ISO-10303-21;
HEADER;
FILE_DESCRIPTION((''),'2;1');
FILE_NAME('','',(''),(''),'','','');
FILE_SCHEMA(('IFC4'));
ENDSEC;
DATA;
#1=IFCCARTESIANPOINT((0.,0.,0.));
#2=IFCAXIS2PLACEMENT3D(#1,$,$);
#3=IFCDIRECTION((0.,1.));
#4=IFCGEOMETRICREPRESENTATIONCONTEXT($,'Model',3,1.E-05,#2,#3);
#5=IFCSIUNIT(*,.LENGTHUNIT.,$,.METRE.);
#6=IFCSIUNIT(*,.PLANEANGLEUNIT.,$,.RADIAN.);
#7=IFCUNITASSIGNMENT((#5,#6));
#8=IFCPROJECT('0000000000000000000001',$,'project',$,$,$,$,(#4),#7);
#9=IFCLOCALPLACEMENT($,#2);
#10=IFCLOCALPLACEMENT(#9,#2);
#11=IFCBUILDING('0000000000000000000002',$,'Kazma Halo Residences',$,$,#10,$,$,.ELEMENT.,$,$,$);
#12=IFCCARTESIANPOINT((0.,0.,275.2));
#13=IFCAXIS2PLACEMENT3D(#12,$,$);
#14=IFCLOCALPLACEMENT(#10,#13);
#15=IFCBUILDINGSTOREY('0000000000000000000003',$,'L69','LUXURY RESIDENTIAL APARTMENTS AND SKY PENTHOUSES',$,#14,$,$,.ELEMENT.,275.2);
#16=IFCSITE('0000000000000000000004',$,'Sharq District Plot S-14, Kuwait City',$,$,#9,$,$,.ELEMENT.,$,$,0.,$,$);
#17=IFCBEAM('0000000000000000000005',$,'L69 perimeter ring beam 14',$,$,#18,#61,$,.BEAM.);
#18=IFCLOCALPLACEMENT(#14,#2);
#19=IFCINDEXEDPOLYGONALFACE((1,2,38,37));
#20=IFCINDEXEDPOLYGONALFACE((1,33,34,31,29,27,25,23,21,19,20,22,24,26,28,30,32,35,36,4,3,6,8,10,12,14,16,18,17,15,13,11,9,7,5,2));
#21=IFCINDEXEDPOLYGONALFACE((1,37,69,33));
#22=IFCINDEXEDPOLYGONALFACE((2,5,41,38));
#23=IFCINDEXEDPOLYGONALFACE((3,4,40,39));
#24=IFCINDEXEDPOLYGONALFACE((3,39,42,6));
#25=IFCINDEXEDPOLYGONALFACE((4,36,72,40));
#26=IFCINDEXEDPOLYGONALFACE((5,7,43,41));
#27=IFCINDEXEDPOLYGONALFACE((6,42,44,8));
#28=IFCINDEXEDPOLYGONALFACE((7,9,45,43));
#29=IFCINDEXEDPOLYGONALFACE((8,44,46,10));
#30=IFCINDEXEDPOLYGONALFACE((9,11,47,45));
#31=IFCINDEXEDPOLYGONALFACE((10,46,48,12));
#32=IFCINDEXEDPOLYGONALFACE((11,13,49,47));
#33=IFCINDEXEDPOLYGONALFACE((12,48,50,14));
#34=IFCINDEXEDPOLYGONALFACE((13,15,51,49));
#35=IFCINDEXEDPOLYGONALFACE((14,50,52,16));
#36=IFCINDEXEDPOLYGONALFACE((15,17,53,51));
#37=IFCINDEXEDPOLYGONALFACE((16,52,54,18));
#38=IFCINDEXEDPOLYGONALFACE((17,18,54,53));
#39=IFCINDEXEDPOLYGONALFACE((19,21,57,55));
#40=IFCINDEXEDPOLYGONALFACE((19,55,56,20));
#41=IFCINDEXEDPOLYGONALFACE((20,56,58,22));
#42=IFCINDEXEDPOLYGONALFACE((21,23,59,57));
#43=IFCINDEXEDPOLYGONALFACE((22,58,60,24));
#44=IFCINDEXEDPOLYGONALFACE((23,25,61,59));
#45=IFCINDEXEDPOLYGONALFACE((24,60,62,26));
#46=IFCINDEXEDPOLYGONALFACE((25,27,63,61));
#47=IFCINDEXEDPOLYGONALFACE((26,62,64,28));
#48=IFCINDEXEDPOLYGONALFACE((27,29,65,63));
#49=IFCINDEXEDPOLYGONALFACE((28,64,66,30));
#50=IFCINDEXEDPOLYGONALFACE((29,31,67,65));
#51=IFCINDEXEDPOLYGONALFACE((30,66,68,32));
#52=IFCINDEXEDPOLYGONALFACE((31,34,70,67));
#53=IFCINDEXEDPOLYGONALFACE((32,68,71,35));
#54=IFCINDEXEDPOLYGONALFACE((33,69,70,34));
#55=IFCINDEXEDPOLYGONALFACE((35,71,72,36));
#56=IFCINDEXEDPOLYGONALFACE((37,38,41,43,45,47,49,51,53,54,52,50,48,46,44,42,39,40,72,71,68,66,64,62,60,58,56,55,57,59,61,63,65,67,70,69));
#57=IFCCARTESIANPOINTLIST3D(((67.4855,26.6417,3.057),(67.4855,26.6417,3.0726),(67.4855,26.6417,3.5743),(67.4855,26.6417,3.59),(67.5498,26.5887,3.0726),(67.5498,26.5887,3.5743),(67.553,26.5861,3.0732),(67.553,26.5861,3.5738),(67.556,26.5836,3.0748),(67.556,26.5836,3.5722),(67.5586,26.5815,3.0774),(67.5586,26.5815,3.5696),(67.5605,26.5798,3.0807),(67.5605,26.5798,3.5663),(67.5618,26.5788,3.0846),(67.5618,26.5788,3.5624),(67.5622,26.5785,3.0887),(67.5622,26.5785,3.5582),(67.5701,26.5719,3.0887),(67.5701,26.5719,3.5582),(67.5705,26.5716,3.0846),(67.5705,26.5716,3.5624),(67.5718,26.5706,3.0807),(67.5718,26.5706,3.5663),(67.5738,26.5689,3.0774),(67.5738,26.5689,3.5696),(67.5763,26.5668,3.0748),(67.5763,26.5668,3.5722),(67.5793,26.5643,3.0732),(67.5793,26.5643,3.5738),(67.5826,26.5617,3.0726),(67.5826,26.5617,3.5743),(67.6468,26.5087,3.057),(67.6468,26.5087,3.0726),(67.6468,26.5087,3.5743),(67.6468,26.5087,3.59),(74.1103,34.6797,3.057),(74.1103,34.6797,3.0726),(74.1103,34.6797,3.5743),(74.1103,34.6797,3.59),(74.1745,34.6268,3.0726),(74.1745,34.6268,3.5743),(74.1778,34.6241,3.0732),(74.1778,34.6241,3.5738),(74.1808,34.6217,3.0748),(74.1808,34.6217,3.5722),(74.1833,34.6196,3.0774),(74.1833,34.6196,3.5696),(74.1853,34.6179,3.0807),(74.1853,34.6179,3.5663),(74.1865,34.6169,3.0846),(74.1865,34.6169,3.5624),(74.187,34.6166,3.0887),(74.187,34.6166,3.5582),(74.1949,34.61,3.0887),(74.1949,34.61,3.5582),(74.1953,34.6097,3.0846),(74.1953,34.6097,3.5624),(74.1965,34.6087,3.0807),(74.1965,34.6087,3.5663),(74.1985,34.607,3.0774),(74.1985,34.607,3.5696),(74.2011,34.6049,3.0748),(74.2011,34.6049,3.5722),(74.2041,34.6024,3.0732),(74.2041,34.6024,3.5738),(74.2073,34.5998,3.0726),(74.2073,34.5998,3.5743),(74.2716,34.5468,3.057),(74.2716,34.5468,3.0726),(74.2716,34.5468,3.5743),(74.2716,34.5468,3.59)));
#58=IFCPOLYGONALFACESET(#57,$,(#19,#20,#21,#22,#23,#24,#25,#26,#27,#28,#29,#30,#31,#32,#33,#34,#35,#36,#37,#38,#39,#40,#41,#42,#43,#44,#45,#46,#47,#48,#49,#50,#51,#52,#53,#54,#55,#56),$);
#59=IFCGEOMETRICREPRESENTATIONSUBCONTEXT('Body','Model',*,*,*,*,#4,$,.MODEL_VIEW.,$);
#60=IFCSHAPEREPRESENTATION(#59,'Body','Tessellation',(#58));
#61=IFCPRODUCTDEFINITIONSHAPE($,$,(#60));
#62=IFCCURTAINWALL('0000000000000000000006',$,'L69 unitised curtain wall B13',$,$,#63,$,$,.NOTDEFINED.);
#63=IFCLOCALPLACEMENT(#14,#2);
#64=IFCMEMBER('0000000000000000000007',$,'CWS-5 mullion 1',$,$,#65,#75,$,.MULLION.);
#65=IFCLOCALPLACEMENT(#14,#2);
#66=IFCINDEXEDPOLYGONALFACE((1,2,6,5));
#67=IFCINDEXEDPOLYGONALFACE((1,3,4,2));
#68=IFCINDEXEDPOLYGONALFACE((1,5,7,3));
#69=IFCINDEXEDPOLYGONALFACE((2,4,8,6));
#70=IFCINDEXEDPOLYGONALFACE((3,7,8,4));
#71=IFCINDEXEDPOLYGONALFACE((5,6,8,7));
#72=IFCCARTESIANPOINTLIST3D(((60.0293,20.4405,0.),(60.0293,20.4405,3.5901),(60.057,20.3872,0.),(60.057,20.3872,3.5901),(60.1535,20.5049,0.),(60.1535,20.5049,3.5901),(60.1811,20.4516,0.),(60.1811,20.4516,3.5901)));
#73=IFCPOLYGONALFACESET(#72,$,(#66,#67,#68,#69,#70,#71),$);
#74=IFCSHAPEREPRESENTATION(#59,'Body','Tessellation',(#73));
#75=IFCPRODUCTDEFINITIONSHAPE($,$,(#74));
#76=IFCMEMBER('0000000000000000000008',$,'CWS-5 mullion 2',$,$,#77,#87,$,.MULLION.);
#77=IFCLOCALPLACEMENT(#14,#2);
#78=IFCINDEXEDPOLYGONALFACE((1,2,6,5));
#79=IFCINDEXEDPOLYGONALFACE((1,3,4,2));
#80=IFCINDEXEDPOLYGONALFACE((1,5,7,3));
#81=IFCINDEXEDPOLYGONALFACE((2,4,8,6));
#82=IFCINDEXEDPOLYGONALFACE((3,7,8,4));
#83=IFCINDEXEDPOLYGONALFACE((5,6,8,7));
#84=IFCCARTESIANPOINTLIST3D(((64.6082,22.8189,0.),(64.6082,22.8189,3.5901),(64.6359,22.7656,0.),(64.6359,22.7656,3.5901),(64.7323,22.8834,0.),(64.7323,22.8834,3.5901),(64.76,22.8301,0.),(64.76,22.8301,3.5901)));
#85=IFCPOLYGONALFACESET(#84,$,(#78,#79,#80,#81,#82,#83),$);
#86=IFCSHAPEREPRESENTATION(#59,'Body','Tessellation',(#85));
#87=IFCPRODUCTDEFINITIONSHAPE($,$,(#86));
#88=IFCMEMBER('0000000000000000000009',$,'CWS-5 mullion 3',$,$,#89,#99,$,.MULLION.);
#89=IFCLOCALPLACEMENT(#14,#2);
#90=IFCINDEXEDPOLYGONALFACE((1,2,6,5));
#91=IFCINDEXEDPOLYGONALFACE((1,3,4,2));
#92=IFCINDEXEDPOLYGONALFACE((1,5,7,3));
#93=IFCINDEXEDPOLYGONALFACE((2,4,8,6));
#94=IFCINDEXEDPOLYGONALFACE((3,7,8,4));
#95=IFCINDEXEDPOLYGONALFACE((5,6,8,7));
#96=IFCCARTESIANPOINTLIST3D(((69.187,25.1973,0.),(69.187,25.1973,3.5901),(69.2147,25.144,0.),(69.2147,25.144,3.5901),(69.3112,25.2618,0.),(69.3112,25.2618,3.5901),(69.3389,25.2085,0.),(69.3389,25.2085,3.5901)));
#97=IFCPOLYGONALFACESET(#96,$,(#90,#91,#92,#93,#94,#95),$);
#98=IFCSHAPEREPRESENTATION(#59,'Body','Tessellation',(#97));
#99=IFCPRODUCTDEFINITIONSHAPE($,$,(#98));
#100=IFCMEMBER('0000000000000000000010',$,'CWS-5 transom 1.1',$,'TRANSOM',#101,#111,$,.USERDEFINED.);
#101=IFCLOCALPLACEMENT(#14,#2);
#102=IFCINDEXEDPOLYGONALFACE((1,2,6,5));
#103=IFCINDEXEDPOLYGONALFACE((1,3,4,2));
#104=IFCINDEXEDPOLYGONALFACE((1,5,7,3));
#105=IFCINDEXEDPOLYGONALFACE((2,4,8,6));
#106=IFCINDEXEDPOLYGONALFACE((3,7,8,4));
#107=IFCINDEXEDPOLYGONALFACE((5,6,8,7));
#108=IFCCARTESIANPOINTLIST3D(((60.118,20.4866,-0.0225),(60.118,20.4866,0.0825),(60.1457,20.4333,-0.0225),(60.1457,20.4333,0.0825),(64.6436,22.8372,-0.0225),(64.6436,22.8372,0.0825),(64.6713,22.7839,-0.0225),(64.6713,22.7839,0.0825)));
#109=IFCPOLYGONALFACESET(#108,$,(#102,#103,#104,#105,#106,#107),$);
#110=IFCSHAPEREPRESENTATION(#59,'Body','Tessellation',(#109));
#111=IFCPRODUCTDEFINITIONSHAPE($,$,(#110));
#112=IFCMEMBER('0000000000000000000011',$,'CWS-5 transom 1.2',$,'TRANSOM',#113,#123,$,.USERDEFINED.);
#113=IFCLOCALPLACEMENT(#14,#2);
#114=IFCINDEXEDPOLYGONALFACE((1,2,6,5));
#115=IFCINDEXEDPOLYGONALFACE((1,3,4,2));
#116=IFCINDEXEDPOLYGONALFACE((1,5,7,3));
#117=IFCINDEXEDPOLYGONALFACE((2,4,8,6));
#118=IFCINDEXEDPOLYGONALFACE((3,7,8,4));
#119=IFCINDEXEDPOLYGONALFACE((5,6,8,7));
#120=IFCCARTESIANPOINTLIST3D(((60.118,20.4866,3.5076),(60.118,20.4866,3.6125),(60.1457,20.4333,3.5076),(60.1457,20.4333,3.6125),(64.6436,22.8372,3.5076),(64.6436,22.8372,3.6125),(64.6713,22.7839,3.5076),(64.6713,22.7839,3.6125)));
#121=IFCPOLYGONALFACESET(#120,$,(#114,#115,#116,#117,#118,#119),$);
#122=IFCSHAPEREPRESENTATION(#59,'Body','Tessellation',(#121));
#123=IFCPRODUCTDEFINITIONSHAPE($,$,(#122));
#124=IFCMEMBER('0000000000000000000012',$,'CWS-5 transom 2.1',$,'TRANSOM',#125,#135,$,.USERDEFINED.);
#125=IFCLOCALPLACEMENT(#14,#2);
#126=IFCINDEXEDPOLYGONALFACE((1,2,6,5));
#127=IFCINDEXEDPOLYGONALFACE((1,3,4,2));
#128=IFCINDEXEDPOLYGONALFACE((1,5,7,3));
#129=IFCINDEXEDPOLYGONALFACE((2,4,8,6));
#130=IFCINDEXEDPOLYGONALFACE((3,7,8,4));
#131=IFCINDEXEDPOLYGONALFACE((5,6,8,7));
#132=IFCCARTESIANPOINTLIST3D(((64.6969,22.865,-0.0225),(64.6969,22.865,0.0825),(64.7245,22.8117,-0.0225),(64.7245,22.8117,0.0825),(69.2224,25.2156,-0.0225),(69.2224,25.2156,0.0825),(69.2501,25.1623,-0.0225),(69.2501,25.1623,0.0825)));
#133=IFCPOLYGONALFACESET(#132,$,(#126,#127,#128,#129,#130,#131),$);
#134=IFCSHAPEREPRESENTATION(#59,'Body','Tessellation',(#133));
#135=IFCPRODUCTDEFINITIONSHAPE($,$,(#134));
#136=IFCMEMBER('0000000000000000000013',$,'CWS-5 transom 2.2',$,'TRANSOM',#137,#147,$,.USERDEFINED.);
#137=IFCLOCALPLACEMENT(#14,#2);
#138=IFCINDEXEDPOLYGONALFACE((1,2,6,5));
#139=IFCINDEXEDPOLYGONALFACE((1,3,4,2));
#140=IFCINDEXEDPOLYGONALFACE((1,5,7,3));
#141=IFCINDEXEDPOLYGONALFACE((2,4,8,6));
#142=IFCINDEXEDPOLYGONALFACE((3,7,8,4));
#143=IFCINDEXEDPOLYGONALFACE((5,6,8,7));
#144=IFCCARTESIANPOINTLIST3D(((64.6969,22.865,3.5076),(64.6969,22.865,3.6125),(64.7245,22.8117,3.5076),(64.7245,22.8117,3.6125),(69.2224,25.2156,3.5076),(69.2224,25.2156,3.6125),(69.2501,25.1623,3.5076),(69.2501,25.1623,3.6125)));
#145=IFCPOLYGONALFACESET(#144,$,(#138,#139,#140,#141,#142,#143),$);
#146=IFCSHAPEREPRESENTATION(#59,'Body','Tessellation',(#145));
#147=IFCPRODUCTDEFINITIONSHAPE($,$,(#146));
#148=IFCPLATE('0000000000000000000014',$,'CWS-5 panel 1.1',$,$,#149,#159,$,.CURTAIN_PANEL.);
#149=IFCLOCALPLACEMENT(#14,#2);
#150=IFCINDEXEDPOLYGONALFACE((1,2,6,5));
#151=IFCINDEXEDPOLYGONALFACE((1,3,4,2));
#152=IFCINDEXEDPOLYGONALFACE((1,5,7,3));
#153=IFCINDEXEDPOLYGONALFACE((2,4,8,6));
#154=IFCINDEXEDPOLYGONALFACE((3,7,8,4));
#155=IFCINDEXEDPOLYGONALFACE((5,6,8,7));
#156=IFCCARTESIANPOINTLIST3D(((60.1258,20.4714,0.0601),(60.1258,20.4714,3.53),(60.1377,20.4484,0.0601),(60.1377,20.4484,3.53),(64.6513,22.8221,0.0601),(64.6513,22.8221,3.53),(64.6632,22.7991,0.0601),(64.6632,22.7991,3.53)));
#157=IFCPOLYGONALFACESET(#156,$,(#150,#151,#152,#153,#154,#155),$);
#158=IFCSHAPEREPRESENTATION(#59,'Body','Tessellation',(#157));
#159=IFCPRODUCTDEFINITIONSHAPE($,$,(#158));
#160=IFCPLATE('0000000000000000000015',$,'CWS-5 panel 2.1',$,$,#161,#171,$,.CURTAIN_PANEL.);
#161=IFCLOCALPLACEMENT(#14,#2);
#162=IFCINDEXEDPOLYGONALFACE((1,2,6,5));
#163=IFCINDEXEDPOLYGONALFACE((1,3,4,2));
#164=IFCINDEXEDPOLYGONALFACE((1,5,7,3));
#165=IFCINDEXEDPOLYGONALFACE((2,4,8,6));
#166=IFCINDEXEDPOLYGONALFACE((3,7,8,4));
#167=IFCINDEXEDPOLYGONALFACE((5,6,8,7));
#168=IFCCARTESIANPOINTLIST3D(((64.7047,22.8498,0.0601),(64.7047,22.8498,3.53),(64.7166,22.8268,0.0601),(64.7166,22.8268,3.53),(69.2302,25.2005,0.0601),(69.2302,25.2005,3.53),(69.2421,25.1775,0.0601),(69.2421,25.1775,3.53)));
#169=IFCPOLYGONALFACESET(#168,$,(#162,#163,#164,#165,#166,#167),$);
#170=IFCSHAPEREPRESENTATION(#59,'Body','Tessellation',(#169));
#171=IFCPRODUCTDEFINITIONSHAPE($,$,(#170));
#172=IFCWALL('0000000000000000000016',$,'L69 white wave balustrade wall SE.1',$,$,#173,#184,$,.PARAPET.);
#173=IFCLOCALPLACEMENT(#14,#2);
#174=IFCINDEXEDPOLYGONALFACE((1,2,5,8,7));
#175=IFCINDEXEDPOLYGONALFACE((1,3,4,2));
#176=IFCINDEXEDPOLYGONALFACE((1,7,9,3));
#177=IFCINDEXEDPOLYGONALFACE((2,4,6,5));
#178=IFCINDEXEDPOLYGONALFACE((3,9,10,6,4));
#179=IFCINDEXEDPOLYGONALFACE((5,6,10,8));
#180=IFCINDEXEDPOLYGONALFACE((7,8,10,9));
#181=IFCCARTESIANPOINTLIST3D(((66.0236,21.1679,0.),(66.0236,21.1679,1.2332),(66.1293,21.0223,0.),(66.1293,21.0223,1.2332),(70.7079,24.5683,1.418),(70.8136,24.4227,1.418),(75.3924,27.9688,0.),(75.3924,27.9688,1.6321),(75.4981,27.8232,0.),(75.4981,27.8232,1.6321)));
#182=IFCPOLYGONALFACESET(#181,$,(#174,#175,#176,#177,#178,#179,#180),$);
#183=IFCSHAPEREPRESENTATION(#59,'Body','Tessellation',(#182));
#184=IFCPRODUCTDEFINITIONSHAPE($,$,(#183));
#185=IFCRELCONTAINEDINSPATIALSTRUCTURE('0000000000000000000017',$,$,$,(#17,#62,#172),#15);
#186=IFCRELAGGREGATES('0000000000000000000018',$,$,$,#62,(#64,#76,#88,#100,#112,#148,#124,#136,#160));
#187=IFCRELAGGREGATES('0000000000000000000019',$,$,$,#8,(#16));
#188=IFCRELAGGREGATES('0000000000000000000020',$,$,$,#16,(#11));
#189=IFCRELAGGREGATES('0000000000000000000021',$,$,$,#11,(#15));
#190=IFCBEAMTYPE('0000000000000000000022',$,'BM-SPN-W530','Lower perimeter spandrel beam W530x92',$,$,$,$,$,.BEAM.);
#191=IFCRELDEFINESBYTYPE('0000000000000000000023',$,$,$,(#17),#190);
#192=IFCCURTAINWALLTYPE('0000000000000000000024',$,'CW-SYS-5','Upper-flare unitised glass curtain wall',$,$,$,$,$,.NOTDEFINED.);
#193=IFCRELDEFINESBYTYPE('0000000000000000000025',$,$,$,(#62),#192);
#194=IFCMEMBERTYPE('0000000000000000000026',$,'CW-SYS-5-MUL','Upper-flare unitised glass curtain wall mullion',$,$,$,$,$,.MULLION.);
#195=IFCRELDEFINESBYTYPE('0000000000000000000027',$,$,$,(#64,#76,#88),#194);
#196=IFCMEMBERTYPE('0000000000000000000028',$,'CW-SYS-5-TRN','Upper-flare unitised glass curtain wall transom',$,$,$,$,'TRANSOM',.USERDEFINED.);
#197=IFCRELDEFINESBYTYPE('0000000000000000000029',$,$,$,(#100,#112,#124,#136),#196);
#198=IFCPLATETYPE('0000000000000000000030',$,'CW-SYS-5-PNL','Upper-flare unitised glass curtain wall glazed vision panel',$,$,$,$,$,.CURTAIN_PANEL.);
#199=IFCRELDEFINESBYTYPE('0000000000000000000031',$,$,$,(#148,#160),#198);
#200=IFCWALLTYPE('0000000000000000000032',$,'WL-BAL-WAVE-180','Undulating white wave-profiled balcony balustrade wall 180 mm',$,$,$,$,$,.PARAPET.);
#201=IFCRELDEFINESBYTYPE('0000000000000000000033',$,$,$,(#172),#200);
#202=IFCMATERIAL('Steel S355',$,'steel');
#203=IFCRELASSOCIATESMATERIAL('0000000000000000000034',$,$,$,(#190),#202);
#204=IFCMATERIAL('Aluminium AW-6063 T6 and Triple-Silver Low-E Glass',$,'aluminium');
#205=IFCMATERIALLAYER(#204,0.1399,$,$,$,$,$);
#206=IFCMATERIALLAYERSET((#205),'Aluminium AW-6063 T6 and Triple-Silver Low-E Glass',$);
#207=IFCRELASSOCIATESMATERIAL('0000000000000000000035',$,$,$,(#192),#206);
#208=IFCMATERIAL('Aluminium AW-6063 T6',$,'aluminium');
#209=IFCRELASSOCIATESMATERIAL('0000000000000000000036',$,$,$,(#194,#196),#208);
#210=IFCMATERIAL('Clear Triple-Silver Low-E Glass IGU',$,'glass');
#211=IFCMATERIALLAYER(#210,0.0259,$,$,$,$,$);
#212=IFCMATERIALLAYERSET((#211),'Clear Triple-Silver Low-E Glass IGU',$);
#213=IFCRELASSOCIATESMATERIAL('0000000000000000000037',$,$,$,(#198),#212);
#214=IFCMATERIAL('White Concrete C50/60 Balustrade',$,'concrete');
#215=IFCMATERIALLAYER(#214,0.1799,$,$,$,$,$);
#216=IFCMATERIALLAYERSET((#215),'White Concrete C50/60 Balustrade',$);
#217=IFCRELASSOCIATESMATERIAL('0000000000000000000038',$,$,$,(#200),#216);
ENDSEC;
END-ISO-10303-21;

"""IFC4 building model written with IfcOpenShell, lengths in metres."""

from ifc_helpers import new_model, si_unit, direction, frame, origin, origin_2d, place, context, subcontext, project, spatial, polyline, rectangle, i_section, outline, extrude, material, layer, layer_set, material_profile, profile_set, type_object, element, aggregate, save


model = new_model("IFC4")

# Units and contexts
model_context = context("Model", 3, precision=1e-05, world=origin(), true_north=direction((0.0, 1.0)))
body_context = subcontext(model_context, "Body", "Model", "MODEL_VIEW")
ifc_project = project(units=[si_unit("LENGTHUNIT", "METRE"), si_unit("PLANEANGLEUNIT", "RADIAN")], contexts=[model_context])

# Site, building, storey
site_placement = place(None, origin())
site = spatial("IfcSite", under=ifc_project, at=site_placement, Name="Sharq District Plot S-14, Kuwait City", CompositionType="ELEMENT", RefElevation=0.0)
building_placement = place(site_placement, origin())
building = spatial("IfcBuilding", under=site, at=building_placement, Name="Kazma Halo Residences", CompositionType="ELEMENT")
storey_placement = place(building_placement, frame((0.0, 0.0, 275.2)))
storey = spatial("IfcBuildingStorey", under=building, at=storey_placement, Name="L69", Description="LUXURY RESIDENTIAL APARTMENTS AND SKY PENTHOUSES", CompositionType="ELEMENT", Elevation=275.2)

# Beam
ifc_material_1 = material(Name="Steel S355", Category="steel")
ifc_material_profile_1 = material_profile(ifc_material_1, i_section(OverallWidth=0.209, OverallDepth=0.533, WebThickness=0.0103, FlangeThickness=0.0156, FilletRadius=0.0161, at=origin_2d()), Name="W530x92")
ifc_profile_set_1 = profile_set([ifc_material_profile_1], Name="Steel S355")
beam_type_1 = type_object("IfcBeamType", Name="BM-SPN-W530", Description="Lower perimeter spandrel beam W530x92", PredefinedType="BEAM", material=ifc_profile_set_1)
beam_1_placement = place(storey_placement, frame((67.5662, 26.5752, 3.3235), z_axis=(0.636002, 0.771687, 0.0), x_axis=(-0.771687, 0.636002, 0.0)))
element("IfcBeam", 1, at=beam_1_placement, inside=storey, type_object=beam_type_1, Name="L69 perimeter ring beam 14", PredefinedType="BEAM", context=body_context, shape_type="SweptSolid", body=[
    extrude(i_section(OverallWidth=0.209, OverallDepth=0.533, WebThickness=0.0103, FlangeThickness=0.0156, FilletRadius=0.0161, at=origin_2d()), origin(), (0.0, 0.0, 1.0), 10.4163),
])

# Curtain wall, members, plates
ifc_material_2 = material(Name="Aluminium AW-6063 T6 and Triple-Silver Low-E Glass", Category="aluminium")
ifc_layer_1 = layer(ifc_material_2, 0.1399)
ifc_layer_set_1 = layer_set([ifc_layer_1], Name="Aluminium AW-6063 T6 and Triple-Silver Low-E Glass")
curtain_wall_type = type_object("IfcCurtainWallType", Name="CW-SYS-5", Description="Upper-flare unitised glass curtain wall", PredefinedType="NOTDEFINED", material=ifc_layer_set_1)
curtain_wall_placement = place(storey_placement, origin())
curtain_wall = element("IfcCurtainWall", 2, at=curtain_wall_placement, inside=storey, type_object=curtain_wall_type, Name="L69 unitised curtain wall B13", PredefinedType="NOTDEFINED")
ifc_material_3 = material(Name="Aluminium AW-6063 T6", Category="aluminium")
ifc_material_profile_2 = material_profile(ifc_material_3, rectangle(XDim=0.0601, YDim=0.1399, at=origin_2d()), Name="CWM-60x140")
ifc_profile_set_2 = profile_set([ifc_material_profile_2], Name="Aluminium AW-6063 T6")
member_type_1 = type_object("IfcMemberType", Name="CW-SYS-5-MUL", Description="Upper-flare unitised glass curtain wall mullion", PredefinedType="MULLION", material=ifc_profile_set_2)
member_1_placement = place(storey_placement, frame((60.1052, 20.446, 0.0), z_axis=(0.0, 0.0, 1.0), x_axis=(-0.460961, 0.887421, 0.0)))
member_1 = element("IfcMember", 3, at=member_1_placement, type_object=member_type_1, Name="CWS-5 mullion 1", PredefinedType="MULLION", context=body_context, shape_type="SweptSolid", body=[
    extrude(rectangle(XDim=0.0601, YDim=0.1399, at=origin_2d()), origin(), (0.0, 0.0, 1.0), 3.5901),
])
member_2_placement = place(storey_placement, frame((64.6841, 22.8245, 0.0), z_axis=(0.0, 0.0, 1.0), x_axis=(-0.460961, 0.887421, 0.0)))
member_2 = element("IfcMember", 4, at=member_2_placement, type_object=member_type_1, Name="CWS-5 mullion 2", PredefinedType="MULLION", context=body_context, shape_type="SweptSolid", body=[
    extrude(rectangle(XDim=0.0601, YDim=0.1399, at=origin_2d()), origin(), (0.0, 0.0, 1.0), 3.5901),
])
member_3_placement = place(storey_placement, frame((69.2629, 25.2029, 0.0), z_axis=(0.0, 0.0, 1.0), x_axis=(-0.460961, 0.887421, 0.0)))
member_3 = element("IfcMember", 5, at=member_3_placement, type_object=member_type_1, Name="CWS-5 mullion 3", PredefinedType="MULLION", context=body_context, shape_type="SweptSolid", body=[
    extrude(rectangle(XDim=0.0601, YDim=0.1399, at=origin_2d()), origin(), (0.0, 0.0, 1.0), 3.5901),
])
ifc_material_profile_3 = material_profile(ifc_material_3, rectangle(XDim=0.0601, YDim=0.105, at=origin_2d()), Name="CWT-60x105")
ifc_profile_set_3 = profile_set([ifc_material_profile_3], Name="Aluminium AW-6063 T6")
member_type_2 = type_object("IfcMemberType", Name="CW-SYS-5-TRN", Description="Upper-flare unitised glass curtain wall transom", ElementType="TRANSOM", PredefinedType="USERDEFINED", material=ifc_profile_set_3)
member_4_placement = place(storey_placement, frame((60.1318, 20.46, 0.03), z_axis=(0.887437, 0.460929, 0.0), x_axis=(-0.460929, 0.887437, 0.0)))
member_4 = element("IfcMember", 6, at=member_4_placement, type_object=member_type_2, Name="CWS-5 transom 1.1", ObjectType="TRANSOM", PredefinedType="USERDEFINED", context=body_context, shape_type="SweptSolid", body=[
    extrude(rectangle(XDim=0.0601, YDim=0.105, at=origin_2d()), origin(), (0.0, 0.0, 1.0), 5.0996),
])
member_5_placement = place(storey_placement, frame((60.1318, 20.46, 3.5601), z_axis=(0.887437, 0.460929, 0.0), x_axis=(-0.460929, 0.887437, 0.0)))
member_5 = element("IfcMember", 7, at=member_5_placement, type_object=member_type_2, Name="CWS-5 transom 1.2", ObjectType="TRANSOM", PredefinedType="USERDEFINED", context=body_context, shape_type="SweptSolid", body=[
    extrude(rectangle(XDim=0.0601, YDim=0.105, at=origin_2d()), origin(), (0.0, 0.0, 1.0), 5.0996),
])
member_6_placement = place(storey_placement, frame((64.7107, 22.8384, 0.03), z_axis=(0.887437, 0.460929, 0.0), x_axis=(-0.460929, 0.887437, 0.0)))
member_6 = element("IfcMember", 8, at=member_6_placement, type_object=member_type_2, Name="CWS-5 transom 2.1", ObjectType="TRANSOM", PredefinedType="USERDEFINED", context=body_context, shape_type="SweptSolid", body=[
    extrude(rectangle(XDim=0.0601, YDim=0.105, at=origin_2d()), origin(), (0.0, 0.0, 1.0), 5.0996),
])
member_7_placement = place(storey_placement, frame((64.7107, 22.8384, 3.5601), z_axis=(0.887437, 0.460929, 0.0), x_axis=(-0.460929, 0.887437, 0.0)))
member_7 = element("IfcMember", 9, at=member_7_placement, type_object=member_type_2, Name="CWS-5 transom 2.2", ObjectType="TRANSOM", PredefinedType="USERDEFINED", context=body_context, shape_type="SweptSolid", body=[
    extrude(rectangle(XDim=0.0601, YDim=0.105, at=origin_2d()), origin(), (0.0, 0.0, 1.0), 5.0996),
])
ifc_material_4 = material(Name="Clear Triple-Silver Low-E Glass IGU", Category="glass")
ifc_layer_2 = layer(ifc_material_4, 0.0259)
ifc_layer_set_2 = layer_set([ifc_layer_2], Name="Clear Triple-Silver Low-E Glass IGU")
plate_type = type_object("IfcPlateType", Name="CW-SYS-5-PNL", Description="Upper-flare unitised glass curtain wall glazed vision panel", PredefinedType="CURTAIN_PANEL", material=ifc_layer_set_2)
plate_1_placement = place(storey_placement, frame((62.3945, 21.6353, 0.0601), z_axis=(0.0, 0.0, 1.0), x_axis=(0.887421, 0.460961, 0.0)))
plate_1 = element("IfcPlate", 10, at=plate_1_placement, type_object=plate_type, Name="CWS-5 panel 1.1", PredefinedType="CURTAIN_PANEL", context=body_context, shape_type="SweptSolid", body=[
    extrude(rectangle(XDim=5.0996, YDim=0.0259, at=origin_2d()), origin(), (0.0, 0.0, 1.0), 3.47),
])
plate_2_placement = place(storey_placement, frame((66.9734, 24.0137, 0.0601), z_axis=(0.0, 0.0, 1.0), x_axis=(0.887421, 0.460961, 0.0)))
plate_2 = element("IfcPlate", 11, at=plate_2_placement, type_object=plate_type, Name="CWS-5 panel 2.1", PredefinedType="CURTAIN_PANEL", context=body_context, shape_type="SweptSolid", body=[
    extrude(rectangle(XDim=5.0996, YDim=0.0259, at=origin_2d()), origin(), (0.0, 0.0, 1.0), 3.47),
])
aggregate(curtain_wall, [member_1, member_2, member_3, member_4, member_5, plate_1, member_6, member_7, plate_2])

# Wall
ifc_material_5 = material(Name="White Concrete C50/60 Balustrade", Category="concrete")
ifc_layer_3 = layer(ifc_material_5, 0.1799)
ifc_layer_set_3 = layer_set([ifc_layer_3], Name="White Concrete C50/60 Balustrade")
wall_type_1 = type_object("IfcWallType", Name="WL-BAL-WAVE-180", Description="Undulating white wave-profiled balcony balustrade wall 180 mm", PredefinedType="PARAPET", material=ifc_layer_set_3)
wall_1_placement = place(storey_placement, frame((66.0764, 21.0952, 0.0), z_axis=(0.0, 0.0, 1.0), x_axis=(0.809261, 0.587449, 0.0)))
element("IfcWall", 12, at=wall_1_placement, inside=storey, type_object=wall_type_1, Name="L69 white wave balustrade wall SE.1", PredefinedType="PARAPET", context=body_context, shape_type="SweptSolid", body=[
    extrude(outline(polyline([(0.0, 0.0), (11.5769, 0.0), (11.5769, 1.6321), (5.7883, 1.418), (0.0, 1.2332), (0.0, 0.0)])), frame((0.0, 0.0898, 0.0), z_axis=(0.0, -1.0, 0.0), x_axis=(1.0, 0.0, 0.0)), (0.0, 0.0, 1.0), 0.1799),
])

save(model, "model.ifc")
